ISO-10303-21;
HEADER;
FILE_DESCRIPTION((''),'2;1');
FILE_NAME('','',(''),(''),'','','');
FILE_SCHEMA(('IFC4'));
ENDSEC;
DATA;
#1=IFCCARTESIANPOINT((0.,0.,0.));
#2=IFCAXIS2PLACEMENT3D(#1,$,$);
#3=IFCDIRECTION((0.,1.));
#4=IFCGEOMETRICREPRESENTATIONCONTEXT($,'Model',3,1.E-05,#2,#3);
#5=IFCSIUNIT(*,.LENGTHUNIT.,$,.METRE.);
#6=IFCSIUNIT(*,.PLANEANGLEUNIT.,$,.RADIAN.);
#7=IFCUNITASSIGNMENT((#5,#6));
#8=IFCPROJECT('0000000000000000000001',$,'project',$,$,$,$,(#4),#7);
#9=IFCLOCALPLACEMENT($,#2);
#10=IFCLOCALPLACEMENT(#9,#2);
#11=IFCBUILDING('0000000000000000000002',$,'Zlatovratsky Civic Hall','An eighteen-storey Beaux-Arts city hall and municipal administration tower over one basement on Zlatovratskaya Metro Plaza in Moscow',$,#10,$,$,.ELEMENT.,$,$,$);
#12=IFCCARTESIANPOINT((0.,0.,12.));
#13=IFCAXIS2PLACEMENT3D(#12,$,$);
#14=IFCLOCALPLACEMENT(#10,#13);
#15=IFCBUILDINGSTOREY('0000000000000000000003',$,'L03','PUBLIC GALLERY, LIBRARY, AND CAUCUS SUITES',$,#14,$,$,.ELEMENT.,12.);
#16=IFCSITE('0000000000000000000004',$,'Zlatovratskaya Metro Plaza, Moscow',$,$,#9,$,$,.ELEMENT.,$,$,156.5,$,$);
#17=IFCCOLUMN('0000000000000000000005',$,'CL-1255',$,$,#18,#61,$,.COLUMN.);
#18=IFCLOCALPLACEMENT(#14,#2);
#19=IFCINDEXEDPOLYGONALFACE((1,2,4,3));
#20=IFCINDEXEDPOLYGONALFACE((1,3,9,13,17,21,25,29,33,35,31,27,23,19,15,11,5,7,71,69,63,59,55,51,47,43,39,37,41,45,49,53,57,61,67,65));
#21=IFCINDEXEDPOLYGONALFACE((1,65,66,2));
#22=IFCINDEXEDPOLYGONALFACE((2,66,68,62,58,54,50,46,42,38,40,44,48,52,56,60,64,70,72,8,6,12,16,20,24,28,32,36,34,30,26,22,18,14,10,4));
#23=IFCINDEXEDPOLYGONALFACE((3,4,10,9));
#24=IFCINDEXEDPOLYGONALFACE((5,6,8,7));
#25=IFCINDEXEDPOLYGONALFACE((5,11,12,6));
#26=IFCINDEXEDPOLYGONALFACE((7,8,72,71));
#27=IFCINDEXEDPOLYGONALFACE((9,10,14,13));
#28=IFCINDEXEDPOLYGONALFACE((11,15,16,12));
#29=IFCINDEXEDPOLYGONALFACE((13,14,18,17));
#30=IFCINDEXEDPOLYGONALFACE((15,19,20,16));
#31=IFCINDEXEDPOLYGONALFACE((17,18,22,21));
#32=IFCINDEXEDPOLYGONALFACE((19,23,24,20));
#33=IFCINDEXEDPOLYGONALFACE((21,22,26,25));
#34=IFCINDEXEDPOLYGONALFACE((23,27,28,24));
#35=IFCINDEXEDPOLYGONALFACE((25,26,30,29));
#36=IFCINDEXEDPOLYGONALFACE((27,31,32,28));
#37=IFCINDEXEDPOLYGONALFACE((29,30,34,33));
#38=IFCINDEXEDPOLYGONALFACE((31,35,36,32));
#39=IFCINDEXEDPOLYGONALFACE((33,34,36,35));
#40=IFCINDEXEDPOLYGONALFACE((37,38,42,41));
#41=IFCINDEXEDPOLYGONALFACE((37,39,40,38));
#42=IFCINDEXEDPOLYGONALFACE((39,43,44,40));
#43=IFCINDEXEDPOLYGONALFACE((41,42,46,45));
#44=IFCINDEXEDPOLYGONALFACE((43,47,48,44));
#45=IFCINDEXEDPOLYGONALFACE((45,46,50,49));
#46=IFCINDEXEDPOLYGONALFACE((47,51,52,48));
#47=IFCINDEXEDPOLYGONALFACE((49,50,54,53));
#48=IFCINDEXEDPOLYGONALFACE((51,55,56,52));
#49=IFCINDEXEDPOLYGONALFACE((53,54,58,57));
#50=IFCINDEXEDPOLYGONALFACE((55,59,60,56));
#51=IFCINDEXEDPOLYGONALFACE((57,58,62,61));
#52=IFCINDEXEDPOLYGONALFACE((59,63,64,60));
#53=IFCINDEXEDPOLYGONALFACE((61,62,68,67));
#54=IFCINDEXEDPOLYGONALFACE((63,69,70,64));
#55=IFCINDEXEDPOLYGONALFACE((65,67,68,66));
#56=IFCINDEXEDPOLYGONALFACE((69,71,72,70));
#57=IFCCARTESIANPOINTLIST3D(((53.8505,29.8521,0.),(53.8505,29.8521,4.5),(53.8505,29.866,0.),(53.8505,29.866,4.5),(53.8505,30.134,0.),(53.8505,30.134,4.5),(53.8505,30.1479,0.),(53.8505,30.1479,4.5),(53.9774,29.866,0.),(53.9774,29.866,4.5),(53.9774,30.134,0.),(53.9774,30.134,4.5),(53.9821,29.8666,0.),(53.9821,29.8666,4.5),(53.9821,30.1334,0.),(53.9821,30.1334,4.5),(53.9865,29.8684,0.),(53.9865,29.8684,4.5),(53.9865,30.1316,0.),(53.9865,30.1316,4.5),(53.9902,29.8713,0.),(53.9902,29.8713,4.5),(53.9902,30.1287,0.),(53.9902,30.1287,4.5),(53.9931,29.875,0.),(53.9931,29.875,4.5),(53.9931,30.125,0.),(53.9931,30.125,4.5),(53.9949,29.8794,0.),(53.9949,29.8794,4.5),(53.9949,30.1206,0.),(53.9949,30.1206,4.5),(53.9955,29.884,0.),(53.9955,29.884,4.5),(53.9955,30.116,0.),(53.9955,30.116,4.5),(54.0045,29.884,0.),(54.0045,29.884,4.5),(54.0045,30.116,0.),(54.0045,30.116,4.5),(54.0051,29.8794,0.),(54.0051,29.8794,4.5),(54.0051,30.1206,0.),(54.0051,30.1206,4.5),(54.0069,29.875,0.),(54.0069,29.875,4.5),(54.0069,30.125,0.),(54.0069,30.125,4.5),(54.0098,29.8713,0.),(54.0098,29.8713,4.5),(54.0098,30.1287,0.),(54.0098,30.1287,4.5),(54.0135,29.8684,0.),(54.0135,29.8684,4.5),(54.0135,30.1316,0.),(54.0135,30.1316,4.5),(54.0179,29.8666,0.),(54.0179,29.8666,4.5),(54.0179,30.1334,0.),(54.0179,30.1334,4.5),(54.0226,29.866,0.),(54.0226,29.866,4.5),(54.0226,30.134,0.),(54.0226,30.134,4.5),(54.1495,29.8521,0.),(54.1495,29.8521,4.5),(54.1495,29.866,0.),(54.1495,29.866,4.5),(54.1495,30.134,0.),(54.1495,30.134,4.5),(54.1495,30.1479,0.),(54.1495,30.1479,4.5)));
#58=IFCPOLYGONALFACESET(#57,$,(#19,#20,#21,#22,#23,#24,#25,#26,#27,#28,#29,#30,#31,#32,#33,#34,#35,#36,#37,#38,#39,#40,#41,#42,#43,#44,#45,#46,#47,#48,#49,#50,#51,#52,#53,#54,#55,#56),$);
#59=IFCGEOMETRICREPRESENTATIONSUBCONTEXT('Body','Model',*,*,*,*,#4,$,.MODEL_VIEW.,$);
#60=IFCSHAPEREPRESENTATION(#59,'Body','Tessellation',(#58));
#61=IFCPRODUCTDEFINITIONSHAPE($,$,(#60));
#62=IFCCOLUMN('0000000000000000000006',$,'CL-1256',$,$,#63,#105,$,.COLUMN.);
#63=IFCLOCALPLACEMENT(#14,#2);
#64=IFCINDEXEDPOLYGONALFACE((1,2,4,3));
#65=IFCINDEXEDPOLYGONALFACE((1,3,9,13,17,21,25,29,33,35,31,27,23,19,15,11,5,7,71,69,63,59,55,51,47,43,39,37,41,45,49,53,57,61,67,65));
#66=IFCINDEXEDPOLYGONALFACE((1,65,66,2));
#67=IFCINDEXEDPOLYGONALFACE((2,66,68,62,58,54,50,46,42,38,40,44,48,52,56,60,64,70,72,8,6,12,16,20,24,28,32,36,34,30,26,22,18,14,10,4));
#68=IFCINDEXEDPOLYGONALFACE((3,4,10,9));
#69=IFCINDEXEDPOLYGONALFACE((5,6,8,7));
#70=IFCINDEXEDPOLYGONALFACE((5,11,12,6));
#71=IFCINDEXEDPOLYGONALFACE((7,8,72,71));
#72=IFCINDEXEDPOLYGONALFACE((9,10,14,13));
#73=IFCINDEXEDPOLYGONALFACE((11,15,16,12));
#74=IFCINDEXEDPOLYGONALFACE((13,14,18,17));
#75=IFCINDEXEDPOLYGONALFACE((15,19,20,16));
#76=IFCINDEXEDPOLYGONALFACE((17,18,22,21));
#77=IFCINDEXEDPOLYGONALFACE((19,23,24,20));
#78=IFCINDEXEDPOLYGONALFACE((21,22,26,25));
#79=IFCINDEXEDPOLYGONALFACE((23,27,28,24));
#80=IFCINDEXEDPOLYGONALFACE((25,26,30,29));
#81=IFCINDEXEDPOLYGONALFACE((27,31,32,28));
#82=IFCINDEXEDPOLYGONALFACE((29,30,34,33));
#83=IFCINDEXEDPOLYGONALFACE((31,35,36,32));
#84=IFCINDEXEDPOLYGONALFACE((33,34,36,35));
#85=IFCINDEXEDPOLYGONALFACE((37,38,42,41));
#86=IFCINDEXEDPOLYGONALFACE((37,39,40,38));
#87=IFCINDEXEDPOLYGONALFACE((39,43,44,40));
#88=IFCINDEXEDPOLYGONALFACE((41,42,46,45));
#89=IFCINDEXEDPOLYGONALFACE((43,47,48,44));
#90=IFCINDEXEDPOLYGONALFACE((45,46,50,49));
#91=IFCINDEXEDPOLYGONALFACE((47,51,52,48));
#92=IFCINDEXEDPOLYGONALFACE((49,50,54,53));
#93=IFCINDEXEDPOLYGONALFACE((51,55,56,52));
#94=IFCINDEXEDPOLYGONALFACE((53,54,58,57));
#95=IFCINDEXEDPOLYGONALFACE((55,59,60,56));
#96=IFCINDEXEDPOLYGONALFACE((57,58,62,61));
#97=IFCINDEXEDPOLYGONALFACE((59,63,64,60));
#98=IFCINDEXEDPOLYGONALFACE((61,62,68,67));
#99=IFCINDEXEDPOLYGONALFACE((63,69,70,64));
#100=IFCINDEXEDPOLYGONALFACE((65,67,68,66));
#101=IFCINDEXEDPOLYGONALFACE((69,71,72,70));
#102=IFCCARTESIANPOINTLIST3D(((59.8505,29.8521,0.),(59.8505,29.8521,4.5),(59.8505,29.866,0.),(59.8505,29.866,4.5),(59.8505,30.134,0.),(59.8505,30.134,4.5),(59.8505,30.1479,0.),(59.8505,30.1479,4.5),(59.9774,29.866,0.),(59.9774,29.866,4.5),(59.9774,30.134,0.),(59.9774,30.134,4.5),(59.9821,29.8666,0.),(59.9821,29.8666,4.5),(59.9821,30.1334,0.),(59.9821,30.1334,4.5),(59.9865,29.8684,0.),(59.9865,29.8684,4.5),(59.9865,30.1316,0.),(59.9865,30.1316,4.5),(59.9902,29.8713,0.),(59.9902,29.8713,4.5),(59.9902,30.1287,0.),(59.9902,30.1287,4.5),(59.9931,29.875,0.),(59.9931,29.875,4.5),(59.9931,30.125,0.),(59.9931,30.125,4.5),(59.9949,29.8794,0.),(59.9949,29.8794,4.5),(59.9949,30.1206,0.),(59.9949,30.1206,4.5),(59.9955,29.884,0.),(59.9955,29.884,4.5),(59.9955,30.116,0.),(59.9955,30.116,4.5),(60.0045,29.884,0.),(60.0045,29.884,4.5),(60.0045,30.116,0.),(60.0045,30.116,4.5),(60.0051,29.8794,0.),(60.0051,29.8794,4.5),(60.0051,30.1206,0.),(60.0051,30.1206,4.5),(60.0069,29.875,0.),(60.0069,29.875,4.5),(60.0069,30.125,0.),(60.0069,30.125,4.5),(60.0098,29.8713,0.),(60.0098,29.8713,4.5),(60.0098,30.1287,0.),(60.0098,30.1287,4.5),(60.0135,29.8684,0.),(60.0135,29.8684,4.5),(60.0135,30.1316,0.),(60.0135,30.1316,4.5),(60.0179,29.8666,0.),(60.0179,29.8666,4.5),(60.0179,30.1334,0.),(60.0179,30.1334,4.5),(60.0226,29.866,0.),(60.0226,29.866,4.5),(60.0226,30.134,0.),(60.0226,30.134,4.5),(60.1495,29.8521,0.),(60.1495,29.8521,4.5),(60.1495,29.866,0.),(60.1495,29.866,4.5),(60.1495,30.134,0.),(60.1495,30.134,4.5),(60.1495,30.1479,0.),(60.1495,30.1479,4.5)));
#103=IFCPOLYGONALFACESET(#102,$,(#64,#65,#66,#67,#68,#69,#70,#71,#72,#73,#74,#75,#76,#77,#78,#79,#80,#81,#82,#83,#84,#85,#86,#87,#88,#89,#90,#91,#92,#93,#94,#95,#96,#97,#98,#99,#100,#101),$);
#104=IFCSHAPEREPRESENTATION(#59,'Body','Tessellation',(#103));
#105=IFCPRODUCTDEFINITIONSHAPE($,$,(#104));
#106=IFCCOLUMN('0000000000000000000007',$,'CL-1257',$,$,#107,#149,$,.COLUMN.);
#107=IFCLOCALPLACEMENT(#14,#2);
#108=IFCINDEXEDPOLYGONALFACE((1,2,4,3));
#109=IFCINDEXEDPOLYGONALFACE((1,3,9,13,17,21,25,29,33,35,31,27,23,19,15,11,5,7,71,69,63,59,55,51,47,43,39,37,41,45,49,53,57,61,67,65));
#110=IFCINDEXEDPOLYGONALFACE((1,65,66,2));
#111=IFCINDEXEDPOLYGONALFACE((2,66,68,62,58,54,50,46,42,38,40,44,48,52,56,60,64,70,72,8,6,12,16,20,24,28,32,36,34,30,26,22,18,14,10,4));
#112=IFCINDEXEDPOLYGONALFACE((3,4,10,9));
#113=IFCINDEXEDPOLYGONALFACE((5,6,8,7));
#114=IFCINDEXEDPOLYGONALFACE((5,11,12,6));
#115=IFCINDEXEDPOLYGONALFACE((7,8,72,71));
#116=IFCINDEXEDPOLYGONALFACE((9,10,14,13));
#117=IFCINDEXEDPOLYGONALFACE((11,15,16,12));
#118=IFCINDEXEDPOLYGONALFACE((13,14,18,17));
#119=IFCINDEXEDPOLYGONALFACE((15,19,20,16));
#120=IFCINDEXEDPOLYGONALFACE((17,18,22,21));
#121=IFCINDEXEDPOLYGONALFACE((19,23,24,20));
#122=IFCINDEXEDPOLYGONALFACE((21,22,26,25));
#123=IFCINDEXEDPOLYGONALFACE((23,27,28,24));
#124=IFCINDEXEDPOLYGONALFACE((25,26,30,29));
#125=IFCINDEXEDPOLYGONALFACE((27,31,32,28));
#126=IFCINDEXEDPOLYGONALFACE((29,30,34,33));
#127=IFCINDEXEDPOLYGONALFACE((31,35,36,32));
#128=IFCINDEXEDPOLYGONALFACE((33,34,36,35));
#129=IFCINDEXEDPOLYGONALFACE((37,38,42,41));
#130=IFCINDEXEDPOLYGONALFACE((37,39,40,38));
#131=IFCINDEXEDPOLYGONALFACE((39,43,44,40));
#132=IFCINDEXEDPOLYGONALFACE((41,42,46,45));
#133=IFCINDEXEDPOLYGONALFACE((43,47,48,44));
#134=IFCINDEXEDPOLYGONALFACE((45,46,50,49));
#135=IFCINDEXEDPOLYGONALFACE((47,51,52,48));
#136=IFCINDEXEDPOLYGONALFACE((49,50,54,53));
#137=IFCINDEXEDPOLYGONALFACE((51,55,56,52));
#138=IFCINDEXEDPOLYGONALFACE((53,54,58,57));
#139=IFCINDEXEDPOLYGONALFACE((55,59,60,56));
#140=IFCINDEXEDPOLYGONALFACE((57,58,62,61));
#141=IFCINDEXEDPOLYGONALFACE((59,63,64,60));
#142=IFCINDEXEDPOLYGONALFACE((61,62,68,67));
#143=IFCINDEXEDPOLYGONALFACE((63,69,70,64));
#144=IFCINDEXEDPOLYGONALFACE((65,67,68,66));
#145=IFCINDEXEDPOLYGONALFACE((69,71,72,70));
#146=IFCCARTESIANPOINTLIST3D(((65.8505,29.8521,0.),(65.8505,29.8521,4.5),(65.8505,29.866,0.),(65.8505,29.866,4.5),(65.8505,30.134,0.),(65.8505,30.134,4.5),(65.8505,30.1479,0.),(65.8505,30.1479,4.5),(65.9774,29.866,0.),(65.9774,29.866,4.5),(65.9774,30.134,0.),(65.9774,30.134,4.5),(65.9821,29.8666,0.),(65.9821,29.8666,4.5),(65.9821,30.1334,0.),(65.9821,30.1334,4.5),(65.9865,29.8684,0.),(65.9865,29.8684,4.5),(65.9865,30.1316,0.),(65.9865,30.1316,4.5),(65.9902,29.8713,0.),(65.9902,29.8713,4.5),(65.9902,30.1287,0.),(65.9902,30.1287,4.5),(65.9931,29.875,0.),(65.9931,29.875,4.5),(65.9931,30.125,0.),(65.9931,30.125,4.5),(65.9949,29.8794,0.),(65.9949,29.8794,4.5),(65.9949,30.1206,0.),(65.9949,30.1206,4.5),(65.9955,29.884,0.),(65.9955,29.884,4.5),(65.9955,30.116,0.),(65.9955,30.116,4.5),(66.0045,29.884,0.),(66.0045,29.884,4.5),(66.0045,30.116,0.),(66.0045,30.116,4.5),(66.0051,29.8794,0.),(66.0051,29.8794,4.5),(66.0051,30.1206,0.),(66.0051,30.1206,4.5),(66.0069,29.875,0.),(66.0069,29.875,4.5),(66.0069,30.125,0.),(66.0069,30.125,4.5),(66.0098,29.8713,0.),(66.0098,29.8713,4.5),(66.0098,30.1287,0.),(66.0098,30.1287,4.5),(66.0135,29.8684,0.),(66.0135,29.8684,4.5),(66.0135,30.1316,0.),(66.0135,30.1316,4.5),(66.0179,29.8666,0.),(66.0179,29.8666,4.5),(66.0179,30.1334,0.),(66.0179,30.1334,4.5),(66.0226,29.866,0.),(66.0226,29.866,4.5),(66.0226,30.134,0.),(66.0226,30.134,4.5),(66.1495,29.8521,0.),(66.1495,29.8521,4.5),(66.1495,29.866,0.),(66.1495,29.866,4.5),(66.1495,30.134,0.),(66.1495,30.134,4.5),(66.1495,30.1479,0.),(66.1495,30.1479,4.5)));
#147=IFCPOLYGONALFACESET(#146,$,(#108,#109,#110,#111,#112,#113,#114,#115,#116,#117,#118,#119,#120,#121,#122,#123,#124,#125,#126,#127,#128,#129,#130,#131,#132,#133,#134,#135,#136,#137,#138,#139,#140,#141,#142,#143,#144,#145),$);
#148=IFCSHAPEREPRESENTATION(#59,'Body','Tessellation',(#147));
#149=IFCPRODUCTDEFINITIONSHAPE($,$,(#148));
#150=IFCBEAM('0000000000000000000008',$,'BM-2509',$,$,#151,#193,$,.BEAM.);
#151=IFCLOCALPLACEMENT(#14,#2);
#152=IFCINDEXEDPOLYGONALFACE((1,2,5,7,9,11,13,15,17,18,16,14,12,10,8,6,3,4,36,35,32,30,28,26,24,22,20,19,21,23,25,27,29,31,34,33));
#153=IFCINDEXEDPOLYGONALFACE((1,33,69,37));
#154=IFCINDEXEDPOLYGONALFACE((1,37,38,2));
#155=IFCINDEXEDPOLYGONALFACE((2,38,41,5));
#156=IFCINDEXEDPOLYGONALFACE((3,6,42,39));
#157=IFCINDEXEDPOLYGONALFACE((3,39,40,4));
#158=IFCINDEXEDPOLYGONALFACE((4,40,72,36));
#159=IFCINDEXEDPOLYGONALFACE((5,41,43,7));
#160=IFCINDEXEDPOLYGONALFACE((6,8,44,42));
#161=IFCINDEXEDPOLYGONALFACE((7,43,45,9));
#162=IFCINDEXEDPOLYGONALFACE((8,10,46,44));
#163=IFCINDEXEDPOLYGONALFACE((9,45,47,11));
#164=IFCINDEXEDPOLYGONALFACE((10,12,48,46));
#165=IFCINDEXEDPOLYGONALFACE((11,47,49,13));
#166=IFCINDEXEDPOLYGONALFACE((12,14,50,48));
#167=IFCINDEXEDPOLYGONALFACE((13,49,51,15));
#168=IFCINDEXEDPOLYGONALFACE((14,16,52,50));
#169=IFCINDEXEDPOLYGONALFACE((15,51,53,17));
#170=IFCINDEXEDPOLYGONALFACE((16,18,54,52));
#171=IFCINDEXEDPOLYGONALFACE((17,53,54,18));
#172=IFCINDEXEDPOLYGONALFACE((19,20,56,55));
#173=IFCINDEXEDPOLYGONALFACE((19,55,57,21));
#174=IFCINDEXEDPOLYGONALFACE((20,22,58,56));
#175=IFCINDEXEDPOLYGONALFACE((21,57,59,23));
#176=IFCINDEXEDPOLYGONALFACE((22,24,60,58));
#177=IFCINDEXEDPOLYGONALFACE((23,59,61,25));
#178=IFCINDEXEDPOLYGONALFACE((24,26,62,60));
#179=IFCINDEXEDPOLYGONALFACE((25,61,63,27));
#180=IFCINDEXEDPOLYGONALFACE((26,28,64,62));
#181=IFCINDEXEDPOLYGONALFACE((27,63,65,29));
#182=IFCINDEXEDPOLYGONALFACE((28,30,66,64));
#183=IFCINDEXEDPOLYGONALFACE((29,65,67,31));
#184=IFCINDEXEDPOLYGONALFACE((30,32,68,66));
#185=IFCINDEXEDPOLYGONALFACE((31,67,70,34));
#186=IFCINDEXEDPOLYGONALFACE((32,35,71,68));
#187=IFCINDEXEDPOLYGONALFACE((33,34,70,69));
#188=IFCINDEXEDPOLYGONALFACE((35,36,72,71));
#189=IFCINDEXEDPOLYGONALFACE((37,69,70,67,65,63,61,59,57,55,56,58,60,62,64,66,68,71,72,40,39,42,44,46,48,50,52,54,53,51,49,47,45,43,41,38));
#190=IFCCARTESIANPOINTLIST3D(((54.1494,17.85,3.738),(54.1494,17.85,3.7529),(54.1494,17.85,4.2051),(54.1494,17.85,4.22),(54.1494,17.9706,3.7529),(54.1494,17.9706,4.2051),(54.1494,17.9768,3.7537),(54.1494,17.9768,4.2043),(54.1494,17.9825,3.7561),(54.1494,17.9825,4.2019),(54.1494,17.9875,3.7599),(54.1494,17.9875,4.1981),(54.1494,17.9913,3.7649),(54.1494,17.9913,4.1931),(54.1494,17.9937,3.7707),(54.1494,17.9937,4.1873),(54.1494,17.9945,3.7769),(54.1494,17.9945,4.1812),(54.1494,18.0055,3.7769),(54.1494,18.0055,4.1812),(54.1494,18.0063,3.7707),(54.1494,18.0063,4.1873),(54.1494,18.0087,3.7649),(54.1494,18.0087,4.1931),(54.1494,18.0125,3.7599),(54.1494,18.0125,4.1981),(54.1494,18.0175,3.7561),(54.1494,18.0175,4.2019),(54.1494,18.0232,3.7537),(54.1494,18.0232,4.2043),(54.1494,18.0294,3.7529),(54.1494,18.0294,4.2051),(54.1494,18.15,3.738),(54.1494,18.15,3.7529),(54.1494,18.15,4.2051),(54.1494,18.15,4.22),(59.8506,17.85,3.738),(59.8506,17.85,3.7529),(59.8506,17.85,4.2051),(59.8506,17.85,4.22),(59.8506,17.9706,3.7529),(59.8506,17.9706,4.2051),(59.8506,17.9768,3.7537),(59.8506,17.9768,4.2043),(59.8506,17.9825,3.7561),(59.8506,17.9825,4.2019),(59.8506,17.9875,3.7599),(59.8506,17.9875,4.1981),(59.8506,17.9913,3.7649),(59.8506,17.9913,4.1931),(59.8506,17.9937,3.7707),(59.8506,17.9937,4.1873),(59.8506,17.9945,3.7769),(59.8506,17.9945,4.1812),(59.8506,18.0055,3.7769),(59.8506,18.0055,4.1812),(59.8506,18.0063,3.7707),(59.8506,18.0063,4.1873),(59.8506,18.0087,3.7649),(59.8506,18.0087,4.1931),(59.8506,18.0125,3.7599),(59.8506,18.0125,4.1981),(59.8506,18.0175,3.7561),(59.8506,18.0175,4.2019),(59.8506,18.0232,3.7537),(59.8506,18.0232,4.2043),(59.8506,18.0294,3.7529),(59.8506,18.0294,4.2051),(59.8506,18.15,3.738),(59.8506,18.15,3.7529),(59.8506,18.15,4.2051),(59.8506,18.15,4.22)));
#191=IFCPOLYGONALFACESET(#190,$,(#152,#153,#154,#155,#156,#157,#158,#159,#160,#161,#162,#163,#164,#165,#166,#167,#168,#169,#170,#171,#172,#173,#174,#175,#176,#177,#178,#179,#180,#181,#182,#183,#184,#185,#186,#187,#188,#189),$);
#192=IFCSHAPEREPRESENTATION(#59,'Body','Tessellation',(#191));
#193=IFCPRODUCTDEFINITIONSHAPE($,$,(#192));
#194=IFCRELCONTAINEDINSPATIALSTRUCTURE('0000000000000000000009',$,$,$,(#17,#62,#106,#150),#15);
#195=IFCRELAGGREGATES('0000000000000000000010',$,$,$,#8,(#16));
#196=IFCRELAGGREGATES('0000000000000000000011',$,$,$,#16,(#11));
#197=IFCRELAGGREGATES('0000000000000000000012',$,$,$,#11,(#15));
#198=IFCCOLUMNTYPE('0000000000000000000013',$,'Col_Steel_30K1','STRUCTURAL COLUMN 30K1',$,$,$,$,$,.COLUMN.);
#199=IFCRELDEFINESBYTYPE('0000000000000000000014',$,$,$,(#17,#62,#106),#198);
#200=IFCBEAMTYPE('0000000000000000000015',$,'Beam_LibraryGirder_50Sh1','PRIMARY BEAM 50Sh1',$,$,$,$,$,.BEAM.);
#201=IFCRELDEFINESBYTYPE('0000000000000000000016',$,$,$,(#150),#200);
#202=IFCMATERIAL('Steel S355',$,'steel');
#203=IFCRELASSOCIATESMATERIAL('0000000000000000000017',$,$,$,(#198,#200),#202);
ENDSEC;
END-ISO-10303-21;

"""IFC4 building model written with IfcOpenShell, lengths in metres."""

from ifc_helpers import new_model, si_unit, direction, frame, origin, origin_2d, place, context, subcontext, project, spatial, i_section, extrude, material, material_profile, profile_set, type_object, element, save


model = new_model("IFC4")

# Units and contexts
model_context = context("Model", 3, precision=1e-05, world=origin(), true_north=direction((0.0, 1.0)))
body_context = subcontext(model_context, "Body", "Model", "MODEL_VIEW")
ifc_project = project(units=[si_unit("LENGTHUNIT", "METRE"), si_unit("PLANEANGLEUNIT", "RADIAN")], contexts=[model_context])

# Site, building, storey
site_placement = place(None, origin())
site = spatial("IfcSite", under=ifc_project, at=site_placement, Name="Zlatovratskaya Metro Plaza, Moscow", CompositionType="ELEMENT", RefElevation=156.5)
building_placement = place(site_placement, origin())
building = spatial("IfcBuilding", under=site, at=building_placement, Name="Zlatovratsky Civic Hall", Description="An eighteen-storey Beaux-Arts city hall and municipal administration tower over one basement on Zlatovratskaya Metro Plaza in Moscow", CompositionType="ELEMENT")
storey_placement = place(building_placement, frame((0.0, 0.0, 12.0)))
storey = spatial("IfcBuildingStorey", under=building, at=storey_placement, Name="L03", Description="PUBLIC GALLERY, LIBRARY, AND CAUCUS SUITES", CompositionType="ELEMENT", Elevation=12.0)

# Columns
ifc_material_1 = material(Name="Steel S355", Category="steel")
ifc_material_profile_1 = material_profile(ifc_material_1, i_section(OverallWidth=0.2991, OverallDepth=0.2959, WebThickness=0.009, FlangeThickness=0.0139, FilletRadius=0.0181, at=origin_2d()), Name="30K1")
ifc_profile_set_1 = profile_set([ifc_material_profile_1], Name="Steel S355")
column_type = type_object("IfcColumnType", Name="Col_Steel_30K1", Description="STRUCTURAL COLUMN 30K1", PredefinedType="COLUMN", material=ifc_profile_set_1)
for number, where, z_axis, x_axis, name in (
    (1, (54.0, 30.0, 0.0), (0.0, 0.0, 1.0), (1.0, 0.0, 0.0), "CL-1255"),
    (2, (60.0, 30.0, 0.0), (0.0, 0.0, 1.0), (1.0, 0.0, 0.0), "CL-1256"),
    (3, (66.0, 30.0, 0.0), (0.0, 0.0, 1.0), (1.0, 0.0, 0.0), "CL-1257"),
):
    element("IfcColumn", number, at=place(storey_placement, frame(where, z_axis=z_axis, x_axis=x_axis)), inside=storey, type_object=column_type, Name=name, PredefinedType="COLUMN", context=body_context, shape_type="SweptSolid", body=[
        extrude(i_section(OverallWidth=0.2991, OverallDepth=0.2959, WebThickness=0.009, FlangeThickness=0.0139, FilletRadius=0.0181, at=origin_2d()), origin(), (0.0, 0.0, 1.0), 4.5),
    ])

# Beam
ifc_material_profile_2 = material_profile(ifc_material_1, i_section(OverallWidth=0.3, OverallDepth=0.4819, WebThickness=0.011, FlangeThickness=0.0149, FilletRadius=0.0239, at=origin_2d()), Name="50Sh1")
ifc_profile_set_2 = profile_set([ifc_material_profile_2], Name="Steel S355")
beam_type_1 = type_object("IfcBeamType", Name="Beam_LibraryGirder_50Sh1", Description="PRIMARY BEAM 50Sh1", PredefinedType="BEAM", material=ifc_profile_set_2)
for number, where, z_axis, x_axis, name in (
    (4, (54.1494, 18.0, 3.979), (1.0, 0.0, 0.0), (0.0, 1.0, 0.0), "BM-2509"),
):
    element("IfcBeam", number, at=place(storey_placement, frame(where, z_axis=z_axis, x_axis=x_axis)), inside=storey, type_object=beam_type_1, Name=name, PredefinedType="BEAM", context=body_context, shape_type="SweptSolid", body=[
        extrude(i_section(OverallWidth=0.3, OverallDepth=0.4819, WebThickness=0.011, FlangeThickness=0.0149, FilletRadius=0.0239, at=origin_2d()), origin(), (0.0, 0.0, 1.0), 5.7012),
    ])

save(model, "model.ifc")
